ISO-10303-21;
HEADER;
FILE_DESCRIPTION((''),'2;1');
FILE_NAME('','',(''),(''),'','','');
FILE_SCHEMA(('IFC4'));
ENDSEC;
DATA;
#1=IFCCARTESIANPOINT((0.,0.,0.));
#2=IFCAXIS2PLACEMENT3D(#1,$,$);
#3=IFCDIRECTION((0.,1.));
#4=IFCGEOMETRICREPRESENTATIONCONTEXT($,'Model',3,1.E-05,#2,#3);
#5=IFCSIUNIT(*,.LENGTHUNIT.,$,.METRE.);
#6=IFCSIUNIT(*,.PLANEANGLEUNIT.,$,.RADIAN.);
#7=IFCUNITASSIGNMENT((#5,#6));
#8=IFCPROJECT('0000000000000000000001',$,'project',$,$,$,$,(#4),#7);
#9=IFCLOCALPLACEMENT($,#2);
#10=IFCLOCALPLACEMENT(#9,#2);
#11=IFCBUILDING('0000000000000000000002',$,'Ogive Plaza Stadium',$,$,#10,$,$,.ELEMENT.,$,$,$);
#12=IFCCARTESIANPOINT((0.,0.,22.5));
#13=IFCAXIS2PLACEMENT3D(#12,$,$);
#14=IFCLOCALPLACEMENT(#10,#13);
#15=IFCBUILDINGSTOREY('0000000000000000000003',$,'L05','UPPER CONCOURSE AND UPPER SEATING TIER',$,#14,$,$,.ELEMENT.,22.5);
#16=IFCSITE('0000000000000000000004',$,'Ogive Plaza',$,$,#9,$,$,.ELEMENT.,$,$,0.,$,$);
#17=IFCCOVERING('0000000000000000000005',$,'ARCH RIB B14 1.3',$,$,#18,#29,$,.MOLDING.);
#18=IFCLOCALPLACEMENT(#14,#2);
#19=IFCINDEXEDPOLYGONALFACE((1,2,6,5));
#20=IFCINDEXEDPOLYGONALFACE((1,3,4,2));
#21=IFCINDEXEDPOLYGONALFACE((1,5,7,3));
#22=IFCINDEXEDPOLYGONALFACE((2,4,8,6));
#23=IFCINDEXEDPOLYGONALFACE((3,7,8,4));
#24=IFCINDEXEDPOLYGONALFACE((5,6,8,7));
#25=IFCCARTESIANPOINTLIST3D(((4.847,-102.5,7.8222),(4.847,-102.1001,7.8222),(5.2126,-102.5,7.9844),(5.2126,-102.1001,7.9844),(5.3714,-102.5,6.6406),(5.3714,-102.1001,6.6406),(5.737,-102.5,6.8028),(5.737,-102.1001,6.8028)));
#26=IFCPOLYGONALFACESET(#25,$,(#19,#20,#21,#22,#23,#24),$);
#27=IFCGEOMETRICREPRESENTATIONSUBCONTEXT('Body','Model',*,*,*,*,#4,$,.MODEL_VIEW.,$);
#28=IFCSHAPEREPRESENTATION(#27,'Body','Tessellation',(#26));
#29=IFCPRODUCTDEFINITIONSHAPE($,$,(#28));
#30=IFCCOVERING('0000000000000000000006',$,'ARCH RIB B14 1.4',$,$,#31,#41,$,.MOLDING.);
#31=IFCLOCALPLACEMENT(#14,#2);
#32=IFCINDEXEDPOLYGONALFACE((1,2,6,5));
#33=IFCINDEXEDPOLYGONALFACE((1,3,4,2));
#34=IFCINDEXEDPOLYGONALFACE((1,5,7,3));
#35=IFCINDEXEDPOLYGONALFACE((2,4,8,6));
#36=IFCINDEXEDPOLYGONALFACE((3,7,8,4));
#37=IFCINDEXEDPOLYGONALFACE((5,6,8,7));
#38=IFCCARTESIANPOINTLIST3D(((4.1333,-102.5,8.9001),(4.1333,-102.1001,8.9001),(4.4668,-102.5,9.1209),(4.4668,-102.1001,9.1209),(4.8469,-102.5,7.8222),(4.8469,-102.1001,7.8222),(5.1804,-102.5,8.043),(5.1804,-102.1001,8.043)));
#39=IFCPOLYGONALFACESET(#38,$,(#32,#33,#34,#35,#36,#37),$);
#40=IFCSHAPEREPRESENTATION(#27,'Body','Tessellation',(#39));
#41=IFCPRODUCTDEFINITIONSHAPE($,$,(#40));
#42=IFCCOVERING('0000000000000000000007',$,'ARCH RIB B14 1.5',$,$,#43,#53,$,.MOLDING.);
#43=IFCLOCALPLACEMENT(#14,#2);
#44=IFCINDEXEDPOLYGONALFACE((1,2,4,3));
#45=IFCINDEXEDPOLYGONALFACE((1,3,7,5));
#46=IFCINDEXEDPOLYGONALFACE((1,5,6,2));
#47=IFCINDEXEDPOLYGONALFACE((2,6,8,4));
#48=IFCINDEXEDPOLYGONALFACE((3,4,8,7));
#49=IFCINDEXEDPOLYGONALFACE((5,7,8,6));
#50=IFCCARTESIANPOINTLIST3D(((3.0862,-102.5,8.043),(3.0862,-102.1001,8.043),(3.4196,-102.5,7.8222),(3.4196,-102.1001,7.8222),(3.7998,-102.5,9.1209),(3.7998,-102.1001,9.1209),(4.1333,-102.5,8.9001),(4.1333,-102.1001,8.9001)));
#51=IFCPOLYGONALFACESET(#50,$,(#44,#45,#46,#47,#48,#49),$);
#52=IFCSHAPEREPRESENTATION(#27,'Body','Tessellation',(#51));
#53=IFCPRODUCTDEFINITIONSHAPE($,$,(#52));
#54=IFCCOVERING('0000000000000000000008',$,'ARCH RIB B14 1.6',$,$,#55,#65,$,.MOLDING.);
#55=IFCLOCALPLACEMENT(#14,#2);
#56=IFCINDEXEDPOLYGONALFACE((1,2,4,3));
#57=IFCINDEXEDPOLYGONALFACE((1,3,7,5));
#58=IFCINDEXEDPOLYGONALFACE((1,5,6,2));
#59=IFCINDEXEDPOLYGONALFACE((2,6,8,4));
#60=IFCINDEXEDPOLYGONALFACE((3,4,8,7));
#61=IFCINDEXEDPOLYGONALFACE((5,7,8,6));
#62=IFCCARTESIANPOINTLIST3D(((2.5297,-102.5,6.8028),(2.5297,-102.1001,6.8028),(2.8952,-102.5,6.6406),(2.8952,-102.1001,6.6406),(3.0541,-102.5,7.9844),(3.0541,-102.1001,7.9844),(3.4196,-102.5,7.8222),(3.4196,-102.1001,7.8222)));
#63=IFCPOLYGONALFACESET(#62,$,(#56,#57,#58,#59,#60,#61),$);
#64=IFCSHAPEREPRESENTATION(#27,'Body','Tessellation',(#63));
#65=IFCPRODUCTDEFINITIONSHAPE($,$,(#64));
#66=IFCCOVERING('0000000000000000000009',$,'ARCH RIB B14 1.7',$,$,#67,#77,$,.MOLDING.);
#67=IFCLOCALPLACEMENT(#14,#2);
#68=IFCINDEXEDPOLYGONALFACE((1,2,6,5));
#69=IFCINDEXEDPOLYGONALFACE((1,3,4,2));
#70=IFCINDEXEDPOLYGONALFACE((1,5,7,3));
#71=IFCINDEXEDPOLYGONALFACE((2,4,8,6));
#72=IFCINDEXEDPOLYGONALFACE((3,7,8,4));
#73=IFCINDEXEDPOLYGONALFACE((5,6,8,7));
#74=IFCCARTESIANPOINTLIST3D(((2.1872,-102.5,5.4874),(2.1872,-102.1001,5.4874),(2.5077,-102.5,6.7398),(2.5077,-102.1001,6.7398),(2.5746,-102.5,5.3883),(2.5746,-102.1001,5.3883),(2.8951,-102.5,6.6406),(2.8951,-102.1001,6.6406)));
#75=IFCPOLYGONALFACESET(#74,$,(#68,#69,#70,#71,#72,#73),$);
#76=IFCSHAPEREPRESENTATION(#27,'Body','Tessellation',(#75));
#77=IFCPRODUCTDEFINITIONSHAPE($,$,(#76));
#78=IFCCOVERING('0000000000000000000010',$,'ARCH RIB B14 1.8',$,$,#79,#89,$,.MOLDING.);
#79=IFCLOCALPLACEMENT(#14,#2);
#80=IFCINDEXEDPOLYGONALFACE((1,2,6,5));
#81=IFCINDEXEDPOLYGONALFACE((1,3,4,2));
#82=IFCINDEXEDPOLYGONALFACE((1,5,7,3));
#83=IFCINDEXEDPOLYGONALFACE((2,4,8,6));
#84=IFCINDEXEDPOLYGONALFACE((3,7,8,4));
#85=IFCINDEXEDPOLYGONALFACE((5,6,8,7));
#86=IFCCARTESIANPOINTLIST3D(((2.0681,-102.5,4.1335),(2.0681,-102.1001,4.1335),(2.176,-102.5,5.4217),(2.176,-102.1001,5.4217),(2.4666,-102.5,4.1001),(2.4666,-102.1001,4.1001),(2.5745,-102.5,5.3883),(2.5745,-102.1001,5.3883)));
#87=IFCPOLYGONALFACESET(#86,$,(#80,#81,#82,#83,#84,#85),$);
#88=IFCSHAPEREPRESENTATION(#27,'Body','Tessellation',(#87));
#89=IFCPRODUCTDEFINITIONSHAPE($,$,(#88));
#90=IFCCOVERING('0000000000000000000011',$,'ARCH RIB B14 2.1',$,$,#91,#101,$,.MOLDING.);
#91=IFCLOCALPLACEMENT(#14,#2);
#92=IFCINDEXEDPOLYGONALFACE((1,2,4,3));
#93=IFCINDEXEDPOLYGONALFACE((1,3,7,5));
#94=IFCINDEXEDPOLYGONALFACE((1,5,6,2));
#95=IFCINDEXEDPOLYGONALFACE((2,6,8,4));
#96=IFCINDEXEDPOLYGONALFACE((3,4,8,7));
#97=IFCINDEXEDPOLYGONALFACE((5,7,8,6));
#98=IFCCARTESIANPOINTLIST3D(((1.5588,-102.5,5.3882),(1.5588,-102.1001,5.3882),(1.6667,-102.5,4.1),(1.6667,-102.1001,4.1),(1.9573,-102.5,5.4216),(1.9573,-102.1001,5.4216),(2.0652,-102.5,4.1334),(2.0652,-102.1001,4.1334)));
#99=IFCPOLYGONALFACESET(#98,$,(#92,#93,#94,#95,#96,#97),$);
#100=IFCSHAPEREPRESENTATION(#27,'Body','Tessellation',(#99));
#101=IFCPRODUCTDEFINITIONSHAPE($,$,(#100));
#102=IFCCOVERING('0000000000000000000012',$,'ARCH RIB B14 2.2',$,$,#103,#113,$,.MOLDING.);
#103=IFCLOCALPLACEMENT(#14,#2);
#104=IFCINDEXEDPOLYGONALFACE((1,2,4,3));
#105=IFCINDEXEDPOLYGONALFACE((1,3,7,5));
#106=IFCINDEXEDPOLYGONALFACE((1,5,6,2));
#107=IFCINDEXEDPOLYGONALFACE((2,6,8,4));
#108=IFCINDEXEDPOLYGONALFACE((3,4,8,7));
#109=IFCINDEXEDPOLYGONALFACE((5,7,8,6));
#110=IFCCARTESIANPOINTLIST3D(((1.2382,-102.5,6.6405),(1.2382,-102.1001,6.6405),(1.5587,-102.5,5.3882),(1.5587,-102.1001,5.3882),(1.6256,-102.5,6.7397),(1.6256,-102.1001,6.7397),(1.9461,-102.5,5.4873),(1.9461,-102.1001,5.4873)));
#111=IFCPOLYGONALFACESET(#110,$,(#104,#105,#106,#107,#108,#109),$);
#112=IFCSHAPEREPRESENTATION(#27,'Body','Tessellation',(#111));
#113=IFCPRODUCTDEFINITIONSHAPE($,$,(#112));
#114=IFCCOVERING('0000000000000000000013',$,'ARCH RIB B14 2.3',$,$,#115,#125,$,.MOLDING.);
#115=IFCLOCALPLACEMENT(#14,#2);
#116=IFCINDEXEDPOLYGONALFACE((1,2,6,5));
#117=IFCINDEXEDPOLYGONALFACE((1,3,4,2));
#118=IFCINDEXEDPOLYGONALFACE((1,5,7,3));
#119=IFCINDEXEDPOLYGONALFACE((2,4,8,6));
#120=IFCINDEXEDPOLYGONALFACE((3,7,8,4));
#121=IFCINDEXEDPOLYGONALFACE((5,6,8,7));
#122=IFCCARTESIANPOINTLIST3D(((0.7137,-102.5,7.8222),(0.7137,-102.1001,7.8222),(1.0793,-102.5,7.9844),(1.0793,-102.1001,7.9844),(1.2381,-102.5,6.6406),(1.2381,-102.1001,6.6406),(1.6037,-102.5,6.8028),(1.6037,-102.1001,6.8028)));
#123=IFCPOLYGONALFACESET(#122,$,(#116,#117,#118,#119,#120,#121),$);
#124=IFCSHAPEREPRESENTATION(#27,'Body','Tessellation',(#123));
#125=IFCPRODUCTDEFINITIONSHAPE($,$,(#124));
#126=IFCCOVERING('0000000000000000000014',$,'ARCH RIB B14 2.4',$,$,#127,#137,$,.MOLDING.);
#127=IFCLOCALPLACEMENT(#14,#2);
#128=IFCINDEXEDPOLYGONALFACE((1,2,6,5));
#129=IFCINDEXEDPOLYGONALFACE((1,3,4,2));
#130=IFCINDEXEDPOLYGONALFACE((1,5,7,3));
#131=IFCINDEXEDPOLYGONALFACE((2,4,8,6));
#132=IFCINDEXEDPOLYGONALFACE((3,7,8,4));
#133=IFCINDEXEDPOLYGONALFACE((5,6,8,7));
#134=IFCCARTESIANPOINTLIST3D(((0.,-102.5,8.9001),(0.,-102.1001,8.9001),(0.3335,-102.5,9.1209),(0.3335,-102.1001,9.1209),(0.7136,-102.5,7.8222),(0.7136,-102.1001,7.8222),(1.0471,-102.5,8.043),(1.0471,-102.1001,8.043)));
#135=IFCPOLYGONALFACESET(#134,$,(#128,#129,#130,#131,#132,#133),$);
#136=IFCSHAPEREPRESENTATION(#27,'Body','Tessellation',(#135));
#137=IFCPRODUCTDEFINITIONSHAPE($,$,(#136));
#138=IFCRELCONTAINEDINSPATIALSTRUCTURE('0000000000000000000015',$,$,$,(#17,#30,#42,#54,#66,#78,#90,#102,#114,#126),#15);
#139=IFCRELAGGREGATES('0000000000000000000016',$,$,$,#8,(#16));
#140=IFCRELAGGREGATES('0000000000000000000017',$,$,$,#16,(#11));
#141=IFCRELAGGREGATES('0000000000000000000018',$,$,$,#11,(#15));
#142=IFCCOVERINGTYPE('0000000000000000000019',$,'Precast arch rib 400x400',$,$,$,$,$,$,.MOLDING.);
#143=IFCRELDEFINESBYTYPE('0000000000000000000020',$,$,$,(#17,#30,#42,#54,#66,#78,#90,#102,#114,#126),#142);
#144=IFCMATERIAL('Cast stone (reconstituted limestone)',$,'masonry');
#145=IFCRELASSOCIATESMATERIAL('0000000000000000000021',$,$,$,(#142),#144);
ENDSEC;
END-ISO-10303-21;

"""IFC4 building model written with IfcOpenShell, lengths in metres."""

from ifc_helpers import new_model, si_unit, direction, frame, origin, origin_2d, place, context, subcontext, project, spatial, rectangle, extrude, material, material_profile, profile_set, type_object, element, save


model = new_model("IFC4")

# Units and contexts
model_context = context("Model", 3, precision=1e-05, world=origin(), true_north=direction((0.0, 1.0)))
body_context = subcontext(model_context, "Body", "Model", "MODEL_VIEW")
ifc_project = project(units=[si_unit("LENGTHUNIT", "METRE"), si_unit("PLANEANGLEUNIT", "RADIAN")], contexts=[model_context])

# Site, building, storey
site_placement = place(None, origin())
site = spatial("IfcSite", under=ifc_project, at=site_placement, Name="Ogive Plaza", CompositionType="ELEMENT", RefElevation=0.0)
building_placement = place(site_placement, origin())
building = spatial("IfcBuilding", under=site, at=building_placement, Name="Ogive Plaza Stadium", CompositionType="ELEMENT")
storey_placement = place(building_placement, frame((0.0, 0.0, 22.5)))
storey = spatial("IfcBuildingStorey", under=building, at=storey_placement, Name="L05", Description="UPPER CONCOURSE AND UPPER SEATING TIER", CompositionType="ELEMENT", Elevation=22.5)

# Coverings
ifc_material_1 = material(Name="Cast stone (reconstituted limestone)", Category="masonry")
ifc_material_profile_1 = material_profile(ifc_material_1, rectangle(XDim=0.3999, YDim=0.3999, at=origin_2d()), Name="Cast stone 400x400")
ifc_profile_set_1 = profile_set([ifc_material_profile_1], Name="Cast stone (reconstituted limestone)")
covering_type = type_object("IfcCoveringType", Name="Precast arch rib 400x400", PredefinedType="MOLDING", material=ifc_profile_set_1)
for number, where, z_axis, x_axis, name in (
    (1, (5.5542, -102.3, 6.7217), (-0.405648, 0.0, 0.914029), (0.0, -1.0, 0.0), "ARCH RIB B14 1.3"),
    (2, (5.0137, -102.3, 7.9326), (-0.552039, 0.0, 0.833818), (0.0, -1.0, 0.0), "ARCH RIB B14 1.4"),
    (3, (3.9666, -102.3, 9.0105), (-0.552039, 0.0, -0.833818), (0.0, -1.0, 0.0), "ARCH RIB B14 1.5"),
    (4, (3.2368, -102.3, 7.9033), (-0.405648, 0.0, -0.914029), (0.0, -1.0, 0.0), "ARCH RIB B14 1.6"),
    (5, (2.7014, -102.3, 6.6902), (-0.247953, 0.0, -0.968772), (0.0, -1.0, 0.0), "ARCH RIB B14 1.7"),
    (6, (2.3752, -102.3, 5.405), (-0.083467, 0.0, -0.996511), (0.0, -1.0, 0.0), "ARCH RIB B14 1.8"),
    (7, (1.866, -102.3, 4.1167), (-0.083467, 0.0, 0.996511), (0.0, -1.0, 0.0), "ARCH RIB B14 2.1"),
    (8, (1.7524, -102.3, 5.4377), (-0.247953, 0.0, 0.968772), (0.0, -1.0, 0.0), "ARCH RIB B14 2.2"),
    (9, (1.4209, -102.3, 6.7217), (-0.405648, 0.0, 0.914029), (0.0, -1.0, 0.0), "ARCH RIB B14 2.3"),
    (10, (0.8804, -102.3, 7.9326), (-0.552039, 0.0, 0.833818), (0.0, -1.0, 0.0), "ARCH RIB B14 2.4"),
):
    element("IfcCovering", number, at=place(storey_placement, frame(where, z_axis=z_axis, x_axis=x_axis)), inside=storey, type_object=covering_type, Name=name, PredefinedType="MOLDING", context=body_context, shape_type="SweptSolid", body=[
        extrude(rectangle(XDim=0.3999, YDim=0.3999, at=origin_2d()), origin(), (0.0, 0.0, 1.0), 1.2927),
    ])

save(model, "model.ifc")
